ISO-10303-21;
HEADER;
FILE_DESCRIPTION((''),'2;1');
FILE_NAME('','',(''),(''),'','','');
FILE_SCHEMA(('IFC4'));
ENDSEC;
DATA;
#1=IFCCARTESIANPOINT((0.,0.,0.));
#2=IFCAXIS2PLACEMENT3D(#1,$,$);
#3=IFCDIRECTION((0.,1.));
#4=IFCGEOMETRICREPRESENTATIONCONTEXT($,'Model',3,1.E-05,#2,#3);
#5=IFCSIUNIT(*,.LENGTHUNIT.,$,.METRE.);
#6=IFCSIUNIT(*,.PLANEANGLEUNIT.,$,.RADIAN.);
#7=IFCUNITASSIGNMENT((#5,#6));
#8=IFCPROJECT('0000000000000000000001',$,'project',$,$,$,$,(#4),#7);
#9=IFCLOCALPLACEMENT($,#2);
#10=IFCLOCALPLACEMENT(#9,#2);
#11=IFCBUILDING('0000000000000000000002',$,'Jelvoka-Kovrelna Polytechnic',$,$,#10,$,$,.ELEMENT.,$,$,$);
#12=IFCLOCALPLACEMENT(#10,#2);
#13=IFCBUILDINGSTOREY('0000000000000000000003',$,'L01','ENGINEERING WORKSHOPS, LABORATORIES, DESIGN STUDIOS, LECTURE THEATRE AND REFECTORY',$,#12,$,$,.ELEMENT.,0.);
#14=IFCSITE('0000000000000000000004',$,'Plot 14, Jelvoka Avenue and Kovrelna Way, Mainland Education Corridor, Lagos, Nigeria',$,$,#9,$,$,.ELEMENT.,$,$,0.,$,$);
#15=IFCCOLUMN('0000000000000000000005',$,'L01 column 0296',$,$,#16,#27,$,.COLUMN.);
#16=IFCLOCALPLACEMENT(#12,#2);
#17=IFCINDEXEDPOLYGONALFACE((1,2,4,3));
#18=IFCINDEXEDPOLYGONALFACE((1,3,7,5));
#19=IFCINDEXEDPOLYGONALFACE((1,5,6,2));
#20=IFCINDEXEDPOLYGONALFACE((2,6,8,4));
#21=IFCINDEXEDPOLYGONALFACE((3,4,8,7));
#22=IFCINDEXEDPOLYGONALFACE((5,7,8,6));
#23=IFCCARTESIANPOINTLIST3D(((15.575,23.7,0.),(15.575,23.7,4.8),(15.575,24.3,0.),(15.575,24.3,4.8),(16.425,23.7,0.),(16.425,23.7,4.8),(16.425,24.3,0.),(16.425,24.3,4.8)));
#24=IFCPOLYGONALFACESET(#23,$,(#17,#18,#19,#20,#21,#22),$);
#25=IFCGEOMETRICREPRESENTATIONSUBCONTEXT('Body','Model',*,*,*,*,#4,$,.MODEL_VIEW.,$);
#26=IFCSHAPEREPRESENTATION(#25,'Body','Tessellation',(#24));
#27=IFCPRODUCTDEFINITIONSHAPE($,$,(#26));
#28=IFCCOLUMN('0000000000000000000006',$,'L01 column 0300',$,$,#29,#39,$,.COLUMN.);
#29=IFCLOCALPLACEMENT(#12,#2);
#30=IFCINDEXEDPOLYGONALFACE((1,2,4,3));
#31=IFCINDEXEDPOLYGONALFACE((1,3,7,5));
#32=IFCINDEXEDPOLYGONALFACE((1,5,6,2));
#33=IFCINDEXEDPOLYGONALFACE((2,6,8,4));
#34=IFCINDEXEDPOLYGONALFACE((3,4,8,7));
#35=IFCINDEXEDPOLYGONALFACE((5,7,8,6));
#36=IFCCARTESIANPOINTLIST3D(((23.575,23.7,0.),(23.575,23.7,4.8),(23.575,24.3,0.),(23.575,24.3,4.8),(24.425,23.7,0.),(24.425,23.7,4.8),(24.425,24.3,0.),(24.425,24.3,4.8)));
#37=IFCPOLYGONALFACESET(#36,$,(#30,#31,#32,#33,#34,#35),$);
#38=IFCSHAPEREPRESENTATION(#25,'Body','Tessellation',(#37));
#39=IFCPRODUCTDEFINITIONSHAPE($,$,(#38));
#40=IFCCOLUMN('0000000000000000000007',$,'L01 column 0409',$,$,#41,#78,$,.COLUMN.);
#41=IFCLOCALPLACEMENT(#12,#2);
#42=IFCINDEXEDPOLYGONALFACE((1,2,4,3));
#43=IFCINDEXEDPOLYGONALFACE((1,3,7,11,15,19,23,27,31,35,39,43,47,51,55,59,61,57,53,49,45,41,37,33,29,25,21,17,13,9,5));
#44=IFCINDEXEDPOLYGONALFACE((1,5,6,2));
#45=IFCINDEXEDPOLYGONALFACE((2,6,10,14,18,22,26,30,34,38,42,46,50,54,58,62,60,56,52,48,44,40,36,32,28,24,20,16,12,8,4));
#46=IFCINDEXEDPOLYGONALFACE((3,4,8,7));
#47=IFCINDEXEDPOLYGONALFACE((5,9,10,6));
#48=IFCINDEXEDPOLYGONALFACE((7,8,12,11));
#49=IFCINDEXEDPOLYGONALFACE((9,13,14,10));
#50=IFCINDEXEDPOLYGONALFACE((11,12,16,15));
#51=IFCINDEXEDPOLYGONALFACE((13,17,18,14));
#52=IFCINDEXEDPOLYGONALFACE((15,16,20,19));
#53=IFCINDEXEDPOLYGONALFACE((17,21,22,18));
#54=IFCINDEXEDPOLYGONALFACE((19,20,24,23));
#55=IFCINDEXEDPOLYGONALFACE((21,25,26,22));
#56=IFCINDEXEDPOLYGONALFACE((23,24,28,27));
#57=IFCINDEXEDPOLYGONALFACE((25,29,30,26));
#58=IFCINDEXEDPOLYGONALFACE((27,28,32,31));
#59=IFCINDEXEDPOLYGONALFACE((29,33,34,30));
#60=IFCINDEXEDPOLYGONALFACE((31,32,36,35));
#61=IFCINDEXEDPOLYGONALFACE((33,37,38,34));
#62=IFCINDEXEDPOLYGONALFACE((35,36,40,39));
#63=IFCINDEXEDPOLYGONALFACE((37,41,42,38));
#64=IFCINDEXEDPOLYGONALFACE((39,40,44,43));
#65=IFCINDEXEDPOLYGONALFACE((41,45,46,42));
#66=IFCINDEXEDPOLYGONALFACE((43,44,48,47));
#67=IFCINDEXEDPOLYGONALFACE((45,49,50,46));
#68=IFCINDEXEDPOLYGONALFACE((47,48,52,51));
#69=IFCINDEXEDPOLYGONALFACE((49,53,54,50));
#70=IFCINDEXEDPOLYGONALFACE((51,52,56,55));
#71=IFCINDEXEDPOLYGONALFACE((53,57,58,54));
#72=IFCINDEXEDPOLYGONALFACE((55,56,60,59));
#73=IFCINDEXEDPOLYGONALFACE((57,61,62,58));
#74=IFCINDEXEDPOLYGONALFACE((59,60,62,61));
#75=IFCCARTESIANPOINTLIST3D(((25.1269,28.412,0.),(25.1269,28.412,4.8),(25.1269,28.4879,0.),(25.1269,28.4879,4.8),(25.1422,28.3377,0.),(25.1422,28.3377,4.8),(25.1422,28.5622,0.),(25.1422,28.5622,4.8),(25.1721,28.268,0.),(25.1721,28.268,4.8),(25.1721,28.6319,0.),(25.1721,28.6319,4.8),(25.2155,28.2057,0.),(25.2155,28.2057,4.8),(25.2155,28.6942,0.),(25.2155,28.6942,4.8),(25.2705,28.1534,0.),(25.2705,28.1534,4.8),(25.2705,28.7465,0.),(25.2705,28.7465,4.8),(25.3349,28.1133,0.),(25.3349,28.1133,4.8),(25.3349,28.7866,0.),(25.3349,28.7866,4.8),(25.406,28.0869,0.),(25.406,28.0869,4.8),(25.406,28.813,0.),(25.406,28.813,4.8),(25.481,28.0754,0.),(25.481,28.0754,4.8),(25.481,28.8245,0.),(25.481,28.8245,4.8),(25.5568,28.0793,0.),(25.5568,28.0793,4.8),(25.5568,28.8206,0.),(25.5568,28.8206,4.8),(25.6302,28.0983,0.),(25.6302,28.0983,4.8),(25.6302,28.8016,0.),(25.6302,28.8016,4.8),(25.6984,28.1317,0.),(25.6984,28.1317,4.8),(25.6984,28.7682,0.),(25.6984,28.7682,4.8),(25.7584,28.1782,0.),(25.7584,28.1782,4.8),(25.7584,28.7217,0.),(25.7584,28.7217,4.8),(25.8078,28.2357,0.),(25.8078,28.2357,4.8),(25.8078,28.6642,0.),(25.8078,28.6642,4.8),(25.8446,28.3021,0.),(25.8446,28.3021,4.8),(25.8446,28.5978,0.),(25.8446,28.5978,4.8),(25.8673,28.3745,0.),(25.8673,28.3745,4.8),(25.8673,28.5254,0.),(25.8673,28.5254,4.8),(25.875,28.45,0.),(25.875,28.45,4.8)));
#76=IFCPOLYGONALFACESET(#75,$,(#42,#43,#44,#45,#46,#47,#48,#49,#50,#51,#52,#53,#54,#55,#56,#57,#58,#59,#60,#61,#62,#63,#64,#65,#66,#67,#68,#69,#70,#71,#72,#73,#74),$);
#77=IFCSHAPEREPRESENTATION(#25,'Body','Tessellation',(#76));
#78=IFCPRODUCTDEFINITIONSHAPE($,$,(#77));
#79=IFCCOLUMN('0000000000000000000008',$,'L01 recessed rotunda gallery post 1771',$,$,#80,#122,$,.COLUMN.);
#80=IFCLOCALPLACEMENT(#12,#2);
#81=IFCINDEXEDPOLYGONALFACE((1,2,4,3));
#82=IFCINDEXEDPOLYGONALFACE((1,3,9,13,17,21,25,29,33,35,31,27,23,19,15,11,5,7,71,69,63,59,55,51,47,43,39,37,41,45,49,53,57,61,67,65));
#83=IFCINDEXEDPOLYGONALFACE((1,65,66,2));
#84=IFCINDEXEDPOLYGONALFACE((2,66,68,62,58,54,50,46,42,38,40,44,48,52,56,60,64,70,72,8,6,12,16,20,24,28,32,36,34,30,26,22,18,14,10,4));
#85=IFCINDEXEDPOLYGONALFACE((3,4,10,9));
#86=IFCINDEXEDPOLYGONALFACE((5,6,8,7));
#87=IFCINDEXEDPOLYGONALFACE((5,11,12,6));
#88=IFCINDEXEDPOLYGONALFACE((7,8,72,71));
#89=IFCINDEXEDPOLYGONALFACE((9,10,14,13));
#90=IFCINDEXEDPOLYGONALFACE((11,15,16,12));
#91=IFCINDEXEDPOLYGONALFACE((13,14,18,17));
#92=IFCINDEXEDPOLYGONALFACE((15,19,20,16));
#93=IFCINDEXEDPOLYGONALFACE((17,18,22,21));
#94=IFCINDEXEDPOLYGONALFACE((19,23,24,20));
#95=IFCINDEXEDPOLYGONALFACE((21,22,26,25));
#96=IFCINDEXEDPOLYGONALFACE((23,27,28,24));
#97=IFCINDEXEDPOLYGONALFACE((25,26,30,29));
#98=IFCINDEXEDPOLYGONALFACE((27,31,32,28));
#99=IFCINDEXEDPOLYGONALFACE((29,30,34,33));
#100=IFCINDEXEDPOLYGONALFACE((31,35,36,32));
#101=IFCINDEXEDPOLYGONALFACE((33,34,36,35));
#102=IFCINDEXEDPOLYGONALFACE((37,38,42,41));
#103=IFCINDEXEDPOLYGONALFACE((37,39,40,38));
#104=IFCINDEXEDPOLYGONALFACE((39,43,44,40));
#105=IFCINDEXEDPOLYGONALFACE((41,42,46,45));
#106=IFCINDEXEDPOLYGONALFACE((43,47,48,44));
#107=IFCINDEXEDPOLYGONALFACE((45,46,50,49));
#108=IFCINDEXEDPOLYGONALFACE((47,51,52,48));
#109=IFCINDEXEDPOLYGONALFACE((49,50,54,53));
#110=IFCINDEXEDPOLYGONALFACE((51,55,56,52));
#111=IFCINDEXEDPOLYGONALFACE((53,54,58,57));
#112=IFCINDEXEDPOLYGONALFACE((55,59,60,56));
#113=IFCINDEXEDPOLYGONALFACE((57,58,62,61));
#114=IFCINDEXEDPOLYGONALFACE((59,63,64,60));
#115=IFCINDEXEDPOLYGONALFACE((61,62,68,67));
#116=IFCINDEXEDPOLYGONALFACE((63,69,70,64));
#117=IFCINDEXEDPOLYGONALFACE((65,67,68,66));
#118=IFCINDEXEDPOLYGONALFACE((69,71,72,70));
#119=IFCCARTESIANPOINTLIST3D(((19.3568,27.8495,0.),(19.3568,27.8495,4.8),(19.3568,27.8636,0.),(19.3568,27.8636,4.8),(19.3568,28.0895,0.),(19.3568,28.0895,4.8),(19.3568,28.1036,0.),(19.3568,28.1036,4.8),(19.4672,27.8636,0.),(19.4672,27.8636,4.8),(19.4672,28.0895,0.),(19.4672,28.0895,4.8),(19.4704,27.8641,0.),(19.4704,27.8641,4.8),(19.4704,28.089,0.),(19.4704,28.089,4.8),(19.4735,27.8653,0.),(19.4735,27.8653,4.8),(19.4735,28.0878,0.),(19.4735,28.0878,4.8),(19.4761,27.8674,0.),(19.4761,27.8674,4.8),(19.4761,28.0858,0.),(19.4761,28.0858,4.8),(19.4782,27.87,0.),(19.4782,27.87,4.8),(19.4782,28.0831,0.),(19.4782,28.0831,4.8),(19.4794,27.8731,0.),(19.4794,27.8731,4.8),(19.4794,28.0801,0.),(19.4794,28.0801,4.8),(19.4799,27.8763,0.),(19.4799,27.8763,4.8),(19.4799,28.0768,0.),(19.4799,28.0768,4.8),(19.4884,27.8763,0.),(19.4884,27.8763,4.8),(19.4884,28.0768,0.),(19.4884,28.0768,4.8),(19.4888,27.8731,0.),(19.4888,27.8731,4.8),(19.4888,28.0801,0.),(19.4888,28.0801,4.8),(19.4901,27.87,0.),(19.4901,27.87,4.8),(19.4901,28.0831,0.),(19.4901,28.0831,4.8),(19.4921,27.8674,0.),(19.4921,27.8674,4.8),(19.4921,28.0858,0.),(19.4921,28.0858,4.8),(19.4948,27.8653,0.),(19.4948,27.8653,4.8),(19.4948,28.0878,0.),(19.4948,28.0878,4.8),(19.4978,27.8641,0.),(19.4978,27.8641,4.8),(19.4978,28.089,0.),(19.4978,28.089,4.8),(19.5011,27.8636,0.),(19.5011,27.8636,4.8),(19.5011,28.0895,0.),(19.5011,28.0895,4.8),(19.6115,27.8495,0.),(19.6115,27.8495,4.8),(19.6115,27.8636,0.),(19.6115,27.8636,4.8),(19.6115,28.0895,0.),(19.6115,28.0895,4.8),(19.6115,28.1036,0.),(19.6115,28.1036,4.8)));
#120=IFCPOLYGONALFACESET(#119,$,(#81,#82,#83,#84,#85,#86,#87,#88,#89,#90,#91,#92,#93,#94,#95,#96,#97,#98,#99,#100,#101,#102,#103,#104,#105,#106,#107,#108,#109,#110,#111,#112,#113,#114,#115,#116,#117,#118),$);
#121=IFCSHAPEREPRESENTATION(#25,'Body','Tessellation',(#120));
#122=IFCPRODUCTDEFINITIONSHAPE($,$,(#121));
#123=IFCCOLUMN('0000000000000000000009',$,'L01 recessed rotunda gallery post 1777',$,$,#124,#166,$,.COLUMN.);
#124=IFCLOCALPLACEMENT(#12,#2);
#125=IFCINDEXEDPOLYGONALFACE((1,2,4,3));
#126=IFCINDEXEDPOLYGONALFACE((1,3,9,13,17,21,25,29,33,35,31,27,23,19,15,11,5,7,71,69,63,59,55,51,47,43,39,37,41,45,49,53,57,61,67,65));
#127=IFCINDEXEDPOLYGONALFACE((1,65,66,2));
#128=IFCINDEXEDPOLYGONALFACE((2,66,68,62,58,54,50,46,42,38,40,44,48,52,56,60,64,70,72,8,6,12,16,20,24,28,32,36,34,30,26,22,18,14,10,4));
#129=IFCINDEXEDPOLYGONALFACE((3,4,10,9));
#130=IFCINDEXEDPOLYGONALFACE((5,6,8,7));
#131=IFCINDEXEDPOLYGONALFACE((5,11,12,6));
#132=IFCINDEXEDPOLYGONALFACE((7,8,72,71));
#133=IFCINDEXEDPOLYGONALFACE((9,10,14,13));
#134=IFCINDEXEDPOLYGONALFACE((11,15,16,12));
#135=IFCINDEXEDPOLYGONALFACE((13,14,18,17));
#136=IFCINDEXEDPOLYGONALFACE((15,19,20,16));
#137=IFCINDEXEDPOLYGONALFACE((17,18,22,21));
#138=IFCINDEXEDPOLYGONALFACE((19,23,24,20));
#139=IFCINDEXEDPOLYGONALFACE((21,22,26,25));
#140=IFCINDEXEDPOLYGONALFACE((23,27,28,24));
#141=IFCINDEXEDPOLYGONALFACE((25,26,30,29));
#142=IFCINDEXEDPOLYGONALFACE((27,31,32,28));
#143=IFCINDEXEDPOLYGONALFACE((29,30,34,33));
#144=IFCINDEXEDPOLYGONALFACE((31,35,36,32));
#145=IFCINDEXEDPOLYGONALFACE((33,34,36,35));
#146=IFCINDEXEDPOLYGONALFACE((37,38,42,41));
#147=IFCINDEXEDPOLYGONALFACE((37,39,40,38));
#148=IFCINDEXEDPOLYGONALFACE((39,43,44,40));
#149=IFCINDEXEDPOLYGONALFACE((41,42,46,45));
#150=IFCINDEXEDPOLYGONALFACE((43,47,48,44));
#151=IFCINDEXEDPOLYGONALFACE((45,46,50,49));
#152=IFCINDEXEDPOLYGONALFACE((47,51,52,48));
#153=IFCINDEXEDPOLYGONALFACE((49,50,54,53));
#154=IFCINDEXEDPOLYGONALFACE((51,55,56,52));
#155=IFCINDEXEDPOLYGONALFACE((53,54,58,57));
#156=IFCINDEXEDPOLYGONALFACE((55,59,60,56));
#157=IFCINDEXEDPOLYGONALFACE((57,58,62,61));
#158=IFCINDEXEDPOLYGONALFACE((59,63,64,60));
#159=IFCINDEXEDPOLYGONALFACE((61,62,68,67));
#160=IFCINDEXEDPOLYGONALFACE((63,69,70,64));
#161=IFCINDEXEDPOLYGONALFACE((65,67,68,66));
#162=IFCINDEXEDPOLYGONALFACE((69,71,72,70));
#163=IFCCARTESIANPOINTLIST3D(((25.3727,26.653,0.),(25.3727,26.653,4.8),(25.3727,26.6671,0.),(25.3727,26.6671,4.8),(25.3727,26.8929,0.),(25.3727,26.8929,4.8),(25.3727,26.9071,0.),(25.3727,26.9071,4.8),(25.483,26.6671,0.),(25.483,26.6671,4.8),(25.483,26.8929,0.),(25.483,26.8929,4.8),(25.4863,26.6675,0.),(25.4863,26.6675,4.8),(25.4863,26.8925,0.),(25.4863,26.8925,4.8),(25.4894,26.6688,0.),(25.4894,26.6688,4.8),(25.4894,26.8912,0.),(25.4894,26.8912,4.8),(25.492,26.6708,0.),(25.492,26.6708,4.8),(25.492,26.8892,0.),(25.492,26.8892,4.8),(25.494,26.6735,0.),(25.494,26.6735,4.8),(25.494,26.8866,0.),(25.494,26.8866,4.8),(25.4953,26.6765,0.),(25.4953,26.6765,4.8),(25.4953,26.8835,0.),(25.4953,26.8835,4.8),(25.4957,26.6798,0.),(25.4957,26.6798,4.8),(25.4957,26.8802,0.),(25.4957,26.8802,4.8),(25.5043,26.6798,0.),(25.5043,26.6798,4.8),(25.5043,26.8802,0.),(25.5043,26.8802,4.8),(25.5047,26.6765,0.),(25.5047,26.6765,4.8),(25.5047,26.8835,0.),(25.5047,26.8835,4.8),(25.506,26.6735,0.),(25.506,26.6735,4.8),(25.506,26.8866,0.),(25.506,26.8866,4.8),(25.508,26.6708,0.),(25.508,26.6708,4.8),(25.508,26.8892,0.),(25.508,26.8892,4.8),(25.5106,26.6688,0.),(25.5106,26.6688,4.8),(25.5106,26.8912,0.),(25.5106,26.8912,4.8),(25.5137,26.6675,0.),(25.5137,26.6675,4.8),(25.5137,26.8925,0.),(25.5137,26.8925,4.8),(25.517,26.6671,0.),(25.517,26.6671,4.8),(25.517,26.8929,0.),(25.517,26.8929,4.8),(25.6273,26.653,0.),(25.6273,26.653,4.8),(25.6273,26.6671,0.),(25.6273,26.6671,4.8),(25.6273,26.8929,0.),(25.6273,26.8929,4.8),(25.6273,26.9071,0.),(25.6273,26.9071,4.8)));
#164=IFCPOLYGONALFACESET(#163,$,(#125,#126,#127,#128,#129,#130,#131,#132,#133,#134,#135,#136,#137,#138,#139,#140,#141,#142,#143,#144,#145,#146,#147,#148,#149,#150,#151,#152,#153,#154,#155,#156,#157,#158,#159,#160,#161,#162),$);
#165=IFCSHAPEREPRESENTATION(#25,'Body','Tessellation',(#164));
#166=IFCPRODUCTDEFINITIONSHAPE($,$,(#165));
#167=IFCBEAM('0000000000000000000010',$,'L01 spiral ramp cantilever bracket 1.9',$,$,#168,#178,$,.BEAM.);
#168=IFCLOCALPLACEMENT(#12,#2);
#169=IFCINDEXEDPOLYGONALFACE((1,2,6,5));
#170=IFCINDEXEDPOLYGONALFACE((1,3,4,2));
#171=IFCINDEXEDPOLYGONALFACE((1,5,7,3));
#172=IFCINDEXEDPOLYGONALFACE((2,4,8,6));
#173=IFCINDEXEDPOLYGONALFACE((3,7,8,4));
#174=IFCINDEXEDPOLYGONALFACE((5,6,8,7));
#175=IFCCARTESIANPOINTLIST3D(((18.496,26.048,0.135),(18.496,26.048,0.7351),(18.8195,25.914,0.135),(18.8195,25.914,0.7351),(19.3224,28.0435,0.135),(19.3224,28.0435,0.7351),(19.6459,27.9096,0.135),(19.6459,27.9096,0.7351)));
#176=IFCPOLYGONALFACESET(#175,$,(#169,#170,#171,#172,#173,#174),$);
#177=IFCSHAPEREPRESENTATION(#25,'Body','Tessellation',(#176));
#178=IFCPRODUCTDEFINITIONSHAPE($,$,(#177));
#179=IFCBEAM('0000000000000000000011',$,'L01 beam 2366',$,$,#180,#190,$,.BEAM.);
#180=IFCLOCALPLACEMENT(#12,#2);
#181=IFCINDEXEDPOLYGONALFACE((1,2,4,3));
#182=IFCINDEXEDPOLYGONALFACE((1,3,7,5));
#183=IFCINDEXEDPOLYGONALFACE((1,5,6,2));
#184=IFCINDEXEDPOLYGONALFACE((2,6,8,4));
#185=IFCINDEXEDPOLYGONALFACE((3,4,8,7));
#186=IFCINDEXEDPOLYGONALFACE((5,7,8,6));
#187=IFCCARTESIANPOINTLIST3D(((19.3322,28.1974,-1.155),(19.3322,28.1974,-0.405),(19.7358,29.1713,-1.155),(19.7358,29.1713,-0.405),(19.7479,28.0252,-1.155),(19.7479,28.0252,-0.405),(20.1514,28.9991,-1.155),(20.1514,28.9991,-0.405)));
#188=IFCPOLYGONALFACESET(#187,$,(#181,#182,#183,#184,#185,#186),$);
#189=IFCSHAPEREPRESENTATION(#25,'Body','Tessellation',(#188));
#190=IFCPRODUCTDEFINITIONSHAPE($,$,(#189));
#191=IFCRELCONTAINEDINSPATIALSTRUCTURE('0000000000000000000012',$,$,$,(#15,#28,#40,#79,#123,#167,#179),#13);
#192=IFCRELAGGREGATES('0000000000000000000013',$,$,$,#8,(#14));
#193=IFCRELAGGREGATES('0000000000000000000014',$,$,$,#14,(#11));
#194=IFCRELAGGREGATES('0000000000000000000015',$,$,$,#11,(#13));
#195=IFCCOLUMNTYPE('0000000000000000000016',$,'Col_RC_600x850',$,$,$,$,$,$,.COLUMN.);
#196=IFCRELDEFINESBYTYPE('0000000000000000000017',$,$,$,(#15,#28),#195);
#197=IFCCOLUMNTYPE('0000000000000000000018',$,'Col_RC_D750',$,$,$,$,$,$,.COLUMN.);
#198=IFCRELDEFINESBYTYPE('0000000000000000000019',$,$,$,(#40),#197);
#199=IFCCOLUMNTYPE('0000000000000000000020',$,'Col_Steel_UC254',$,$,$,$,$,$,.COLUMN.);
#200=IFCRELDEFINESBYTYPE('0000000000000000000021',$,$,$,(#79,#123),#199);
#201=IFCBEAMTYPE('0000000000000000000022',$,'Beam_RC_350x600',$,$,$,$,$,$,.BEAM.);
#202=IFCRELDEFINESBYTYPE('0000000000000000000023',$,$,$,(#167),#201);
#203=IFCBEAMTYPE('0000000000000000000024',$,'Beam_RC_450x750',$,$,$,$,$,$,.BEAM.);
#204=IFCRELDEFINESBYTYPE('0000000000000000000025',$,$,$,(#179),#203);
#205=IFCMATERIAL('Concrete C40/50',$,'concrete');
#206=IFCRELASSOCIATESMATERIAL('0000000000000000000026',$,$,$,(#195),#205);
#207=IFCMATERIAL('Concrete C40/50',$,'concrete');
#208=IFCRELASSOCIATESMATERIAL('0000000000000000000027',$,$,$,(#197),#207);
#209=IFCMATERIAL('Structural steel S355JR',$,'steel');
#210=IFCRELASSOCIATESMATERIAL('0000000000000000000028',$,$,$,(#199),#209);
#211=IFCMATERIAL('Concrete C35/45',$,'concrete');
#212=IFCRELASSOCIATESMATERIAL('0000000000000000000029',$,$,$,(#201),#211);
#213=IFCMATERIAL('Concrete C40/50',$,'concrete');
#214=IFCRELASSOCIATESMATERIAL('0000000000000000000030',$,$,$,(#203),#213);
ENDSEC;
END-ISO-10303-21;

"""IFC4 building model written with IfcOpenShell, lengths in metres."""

from ifc_helpers import new_model, si_unit, direction, frame, origin, origin_2d, place, context, subcontext, project, spatial, rectangle, circle, i_section, extrude, material, material_profile, profile_set, type_object, element, save


model = new_model("IFC4")

# Units and contexts
model_context = context("Model", 3, precision=1e-05, world=origin(), true_north=direction((0.0, 1.0)))
body_context = subcontext(model_context, "Body", "Model", "MODEL_VIEW")
ifc_project = project(units=[si_unit("LENGTHUNIT", "METRE"), si_unit("PLANEANGLEUNIT", "RADIAN")], contexts=[model_context])

# Site, building, storey
site_placement = place(None, origin())
site = spatial("IfcSite", under=ifc_project, at=site_placement, Name="Plot 14, Jelvoka Avenue and Kovrelna Way, Mainland Education Corridor, Lagos, Nigeria", CompositionType="ELEMENT", RefElevation=0.0)
building_placement = place(site_placement, origin())
building = spatial("IfcBuilding", under=site, at=building_placement, Name="Jelvoka-Kovrelna Polytechnic", CompositionType="ELEMENT")
storey_placement = place(building_placement, origin())
storey = spatial("IfcBuildingStorey", under=building, at=storey_placement, Name="L01", Description="ENGINEERING WORKSHOPS, LABORATORIES, DESIGN STUDIOS, LECTURE THEATRE AND REFECTORY", CompositionType="ELEMENT", Elevation=0.0)

# Columns
ifc_material_1 = material(Name="Concrete C40/50", Category="concrete")
ifc_material_profile_1 = material_profile(ifc_material_1, rectangle(XDim=0.6001, YDim=0.8501, at=origin_2d()), Name="RC 600x850")
ifc_profile_set_1 = profile_set([ifc_material_profile_1], Name="Concrete C40/50")
column_type_1 = type_object("IfcColumnType", Name="Col_RC_600x850", PredefinedType="COLUMN", material=ifc_profile_set_1)
for number, where, z_axis, x_axis, name in (
    (1, (16.0, 24.0, 0.0), (0.0, 0.0, 1.0), (0.0, 1.0, 0.0), "L01 column 0296"),
    (2, (24.0, 24.0, 0.0), (0.0, 0.0, 1.0), (0.0, 1.0, 0.0), "L01 column 0300"),
):
    element("IfcColumn", number, at=place(storey_placement, frame(where, z_axis=z_axis, x_axis=x_axis)), inside=storey, type_object=column_type_1, Name=name, PredefinedType="COLUMN", context=body_context, shape_type="SweptSolid", body=[
        extrude(rectangle(XDim=0.6001, YDim=0.8501, at=origin_2d()), origin(), (0.0, 0.0, 1.0), 4.8),
    ])
ifc_material_2 = material(Name="Concrete C40/50", Category="concrete")
ifc_material_profile_2 = material_profile(ifc_material_2, circle(Radius=0.375, at=origin_2d()), Name="RC D750")
ifc_profile_set_2 = profile_set([ifc_material_profile_2], Name="Concrete C40/50")
column_type_2 = type_object("IfcColumnType", Name="Col_RC_D750", PredefinedType="COLUMN", material=ifc_profile_set_2)
column_placement = place(storey_placement, frame((25.5, 28.45, 0.0), z_axis=(0.0, 0.0, 1.0), x_axis=(1.0, 0.0, 0.0)))
element("IfcColumn", 3, at=column_placement, inside=storey, type_object=column_type_2, Name="L01 column 0409", PredefinedType="COLUMN", context=body_context, shape_type="SweptSolid", body=[
    extrude(circle(Radius=0.375, at=origin_2d()), origin(), (0.0, 0.0, 1.0), 4.8),
])
ifc_material_3 = material(Name="Structural steel S355JR", Category="steel")
ifc_material_profile_3 = material_profile(ifc_material_3, i_section(OverallWidth=0.2546, OverallDepth=0.2542, WebThickness=0.0085, FlangeThickness=0.0142, FilletRadius=0.0127, at=origin_2d()), Name="254x254x73 UC")
ifc_profile_set_3 = profile_set([ifc_material_profile_3], Name="Structural steel S355JR")
column_type_3 = type_object("IfcColumnType", Name="Col_Steel_UC254", PredefinedType="COLUMN", material=ifc_profile_set_3)
for number, where, z_axis, x_axis, name in (
    (4, (19.4841, 27.9766, 0.0), (0.0, 0.0, 1.0), (1.0, 0.0, 0.0), "L01 recessed rotunda gallery post 1771"),
    (5, (25.5, 26.78, 0.0), (0.0, 0.0, 1.0), (1.0, 0.0, 0.0), "L01 recessed rotunda gallery post 1777"),
):
    element("IfcColumn", number, at=place(storey_placement, frame(where, z_axis=z_axis, x_axis=x_axis)), inside=storey, type_object=column_type_3, Name=name, PredefinedType="COLUMN", context=body_context, shape_type="SweptSolid", body=[
        extrude(i_section(OverallWidth=0.2546, OverallDepth=0.2542, WebThickness=0.0085, FlangeThickness=0.0142, FilletRadius=0.0127, at=origin_2d()), origin(), (0.0, 0.0, 1.0), 4.8),
    ])

# Beams
ifc_material_4 = material(Name="Concrete C35/45", Category="concrete")
ifc_material_profile_4 = material_profile(ifc_material_4, rectangle(XDim=0.3501, YDim=0.6001, at=origin_2d()), Name="RC 350x600")
ifc_profile_set_4 = profile_set([ifc_material_profile_4], Name="Concrete C35/45")
beam_type_1 = type_object("IfcBeamType", Name="Beam_RC_350x600", PredefinedType="BEAM", material=ifc_profile_set_4)
beam_1_placement = place(storey_placement, frame((19.4841, 27.9766, 0.4351), z_axis=(-0.382608, -0.923911, 0.0), x_axis=(0.923911, -0.382608, 0.0)))
element("IfcBeam", 6, at=beam_1_placement, inside=storey, type_object=beam_type_1, Name="L01 spiral ramp cantilever bracket 1.9", PredefinedType="BEAM", context=body_context, shape_type="SweptSolid", body=[
    extrude(rectangle(XDim=0.3501, YDim=0.6001, at=origin_2d()), origin(), (0.0, 0.0, 1.0), 2.1599),
])
ifc_material_5 = material(Name="Concrete C40/50", Category="concrete")
ifc_material_profile_5 = material_profile(ifc_material_5, rectangle(XDim=0.45, YDim=0.75, at=origin_2d()), Name="RC 450x750")
ifc_profile_set_5 = profile_set([ifc_material_profile_5], Name="Concrete C40/50")
beam_type_2 = type_object("IfcBeamType", Name="Beam_RC_450x750", PredefinedType="BEAM", material=ifc_profile_set_5)
beam_2_placement = place(storey_placement, frame((19.9436, 29.0852, -0.78), z_axis=(-0.382822, -0.923822, 0.0), x_axis=(0.923822, -0.382822, 0.0)))
element("IfcBeam", 7, at=beam_2_placement, inside=storey, type_object=beam_type_2, Name="L01 beam 2366", PredefinedType="BEAM", context=body_context, shape_type="SweptSolid", body=[
    extrude(rectangle(XDim=0.45, YDim=0.75, at=origin_2d()), origin(), (0.0, 0.0, 1.0), 1.0542),
])

save(model, "model.ifc")
